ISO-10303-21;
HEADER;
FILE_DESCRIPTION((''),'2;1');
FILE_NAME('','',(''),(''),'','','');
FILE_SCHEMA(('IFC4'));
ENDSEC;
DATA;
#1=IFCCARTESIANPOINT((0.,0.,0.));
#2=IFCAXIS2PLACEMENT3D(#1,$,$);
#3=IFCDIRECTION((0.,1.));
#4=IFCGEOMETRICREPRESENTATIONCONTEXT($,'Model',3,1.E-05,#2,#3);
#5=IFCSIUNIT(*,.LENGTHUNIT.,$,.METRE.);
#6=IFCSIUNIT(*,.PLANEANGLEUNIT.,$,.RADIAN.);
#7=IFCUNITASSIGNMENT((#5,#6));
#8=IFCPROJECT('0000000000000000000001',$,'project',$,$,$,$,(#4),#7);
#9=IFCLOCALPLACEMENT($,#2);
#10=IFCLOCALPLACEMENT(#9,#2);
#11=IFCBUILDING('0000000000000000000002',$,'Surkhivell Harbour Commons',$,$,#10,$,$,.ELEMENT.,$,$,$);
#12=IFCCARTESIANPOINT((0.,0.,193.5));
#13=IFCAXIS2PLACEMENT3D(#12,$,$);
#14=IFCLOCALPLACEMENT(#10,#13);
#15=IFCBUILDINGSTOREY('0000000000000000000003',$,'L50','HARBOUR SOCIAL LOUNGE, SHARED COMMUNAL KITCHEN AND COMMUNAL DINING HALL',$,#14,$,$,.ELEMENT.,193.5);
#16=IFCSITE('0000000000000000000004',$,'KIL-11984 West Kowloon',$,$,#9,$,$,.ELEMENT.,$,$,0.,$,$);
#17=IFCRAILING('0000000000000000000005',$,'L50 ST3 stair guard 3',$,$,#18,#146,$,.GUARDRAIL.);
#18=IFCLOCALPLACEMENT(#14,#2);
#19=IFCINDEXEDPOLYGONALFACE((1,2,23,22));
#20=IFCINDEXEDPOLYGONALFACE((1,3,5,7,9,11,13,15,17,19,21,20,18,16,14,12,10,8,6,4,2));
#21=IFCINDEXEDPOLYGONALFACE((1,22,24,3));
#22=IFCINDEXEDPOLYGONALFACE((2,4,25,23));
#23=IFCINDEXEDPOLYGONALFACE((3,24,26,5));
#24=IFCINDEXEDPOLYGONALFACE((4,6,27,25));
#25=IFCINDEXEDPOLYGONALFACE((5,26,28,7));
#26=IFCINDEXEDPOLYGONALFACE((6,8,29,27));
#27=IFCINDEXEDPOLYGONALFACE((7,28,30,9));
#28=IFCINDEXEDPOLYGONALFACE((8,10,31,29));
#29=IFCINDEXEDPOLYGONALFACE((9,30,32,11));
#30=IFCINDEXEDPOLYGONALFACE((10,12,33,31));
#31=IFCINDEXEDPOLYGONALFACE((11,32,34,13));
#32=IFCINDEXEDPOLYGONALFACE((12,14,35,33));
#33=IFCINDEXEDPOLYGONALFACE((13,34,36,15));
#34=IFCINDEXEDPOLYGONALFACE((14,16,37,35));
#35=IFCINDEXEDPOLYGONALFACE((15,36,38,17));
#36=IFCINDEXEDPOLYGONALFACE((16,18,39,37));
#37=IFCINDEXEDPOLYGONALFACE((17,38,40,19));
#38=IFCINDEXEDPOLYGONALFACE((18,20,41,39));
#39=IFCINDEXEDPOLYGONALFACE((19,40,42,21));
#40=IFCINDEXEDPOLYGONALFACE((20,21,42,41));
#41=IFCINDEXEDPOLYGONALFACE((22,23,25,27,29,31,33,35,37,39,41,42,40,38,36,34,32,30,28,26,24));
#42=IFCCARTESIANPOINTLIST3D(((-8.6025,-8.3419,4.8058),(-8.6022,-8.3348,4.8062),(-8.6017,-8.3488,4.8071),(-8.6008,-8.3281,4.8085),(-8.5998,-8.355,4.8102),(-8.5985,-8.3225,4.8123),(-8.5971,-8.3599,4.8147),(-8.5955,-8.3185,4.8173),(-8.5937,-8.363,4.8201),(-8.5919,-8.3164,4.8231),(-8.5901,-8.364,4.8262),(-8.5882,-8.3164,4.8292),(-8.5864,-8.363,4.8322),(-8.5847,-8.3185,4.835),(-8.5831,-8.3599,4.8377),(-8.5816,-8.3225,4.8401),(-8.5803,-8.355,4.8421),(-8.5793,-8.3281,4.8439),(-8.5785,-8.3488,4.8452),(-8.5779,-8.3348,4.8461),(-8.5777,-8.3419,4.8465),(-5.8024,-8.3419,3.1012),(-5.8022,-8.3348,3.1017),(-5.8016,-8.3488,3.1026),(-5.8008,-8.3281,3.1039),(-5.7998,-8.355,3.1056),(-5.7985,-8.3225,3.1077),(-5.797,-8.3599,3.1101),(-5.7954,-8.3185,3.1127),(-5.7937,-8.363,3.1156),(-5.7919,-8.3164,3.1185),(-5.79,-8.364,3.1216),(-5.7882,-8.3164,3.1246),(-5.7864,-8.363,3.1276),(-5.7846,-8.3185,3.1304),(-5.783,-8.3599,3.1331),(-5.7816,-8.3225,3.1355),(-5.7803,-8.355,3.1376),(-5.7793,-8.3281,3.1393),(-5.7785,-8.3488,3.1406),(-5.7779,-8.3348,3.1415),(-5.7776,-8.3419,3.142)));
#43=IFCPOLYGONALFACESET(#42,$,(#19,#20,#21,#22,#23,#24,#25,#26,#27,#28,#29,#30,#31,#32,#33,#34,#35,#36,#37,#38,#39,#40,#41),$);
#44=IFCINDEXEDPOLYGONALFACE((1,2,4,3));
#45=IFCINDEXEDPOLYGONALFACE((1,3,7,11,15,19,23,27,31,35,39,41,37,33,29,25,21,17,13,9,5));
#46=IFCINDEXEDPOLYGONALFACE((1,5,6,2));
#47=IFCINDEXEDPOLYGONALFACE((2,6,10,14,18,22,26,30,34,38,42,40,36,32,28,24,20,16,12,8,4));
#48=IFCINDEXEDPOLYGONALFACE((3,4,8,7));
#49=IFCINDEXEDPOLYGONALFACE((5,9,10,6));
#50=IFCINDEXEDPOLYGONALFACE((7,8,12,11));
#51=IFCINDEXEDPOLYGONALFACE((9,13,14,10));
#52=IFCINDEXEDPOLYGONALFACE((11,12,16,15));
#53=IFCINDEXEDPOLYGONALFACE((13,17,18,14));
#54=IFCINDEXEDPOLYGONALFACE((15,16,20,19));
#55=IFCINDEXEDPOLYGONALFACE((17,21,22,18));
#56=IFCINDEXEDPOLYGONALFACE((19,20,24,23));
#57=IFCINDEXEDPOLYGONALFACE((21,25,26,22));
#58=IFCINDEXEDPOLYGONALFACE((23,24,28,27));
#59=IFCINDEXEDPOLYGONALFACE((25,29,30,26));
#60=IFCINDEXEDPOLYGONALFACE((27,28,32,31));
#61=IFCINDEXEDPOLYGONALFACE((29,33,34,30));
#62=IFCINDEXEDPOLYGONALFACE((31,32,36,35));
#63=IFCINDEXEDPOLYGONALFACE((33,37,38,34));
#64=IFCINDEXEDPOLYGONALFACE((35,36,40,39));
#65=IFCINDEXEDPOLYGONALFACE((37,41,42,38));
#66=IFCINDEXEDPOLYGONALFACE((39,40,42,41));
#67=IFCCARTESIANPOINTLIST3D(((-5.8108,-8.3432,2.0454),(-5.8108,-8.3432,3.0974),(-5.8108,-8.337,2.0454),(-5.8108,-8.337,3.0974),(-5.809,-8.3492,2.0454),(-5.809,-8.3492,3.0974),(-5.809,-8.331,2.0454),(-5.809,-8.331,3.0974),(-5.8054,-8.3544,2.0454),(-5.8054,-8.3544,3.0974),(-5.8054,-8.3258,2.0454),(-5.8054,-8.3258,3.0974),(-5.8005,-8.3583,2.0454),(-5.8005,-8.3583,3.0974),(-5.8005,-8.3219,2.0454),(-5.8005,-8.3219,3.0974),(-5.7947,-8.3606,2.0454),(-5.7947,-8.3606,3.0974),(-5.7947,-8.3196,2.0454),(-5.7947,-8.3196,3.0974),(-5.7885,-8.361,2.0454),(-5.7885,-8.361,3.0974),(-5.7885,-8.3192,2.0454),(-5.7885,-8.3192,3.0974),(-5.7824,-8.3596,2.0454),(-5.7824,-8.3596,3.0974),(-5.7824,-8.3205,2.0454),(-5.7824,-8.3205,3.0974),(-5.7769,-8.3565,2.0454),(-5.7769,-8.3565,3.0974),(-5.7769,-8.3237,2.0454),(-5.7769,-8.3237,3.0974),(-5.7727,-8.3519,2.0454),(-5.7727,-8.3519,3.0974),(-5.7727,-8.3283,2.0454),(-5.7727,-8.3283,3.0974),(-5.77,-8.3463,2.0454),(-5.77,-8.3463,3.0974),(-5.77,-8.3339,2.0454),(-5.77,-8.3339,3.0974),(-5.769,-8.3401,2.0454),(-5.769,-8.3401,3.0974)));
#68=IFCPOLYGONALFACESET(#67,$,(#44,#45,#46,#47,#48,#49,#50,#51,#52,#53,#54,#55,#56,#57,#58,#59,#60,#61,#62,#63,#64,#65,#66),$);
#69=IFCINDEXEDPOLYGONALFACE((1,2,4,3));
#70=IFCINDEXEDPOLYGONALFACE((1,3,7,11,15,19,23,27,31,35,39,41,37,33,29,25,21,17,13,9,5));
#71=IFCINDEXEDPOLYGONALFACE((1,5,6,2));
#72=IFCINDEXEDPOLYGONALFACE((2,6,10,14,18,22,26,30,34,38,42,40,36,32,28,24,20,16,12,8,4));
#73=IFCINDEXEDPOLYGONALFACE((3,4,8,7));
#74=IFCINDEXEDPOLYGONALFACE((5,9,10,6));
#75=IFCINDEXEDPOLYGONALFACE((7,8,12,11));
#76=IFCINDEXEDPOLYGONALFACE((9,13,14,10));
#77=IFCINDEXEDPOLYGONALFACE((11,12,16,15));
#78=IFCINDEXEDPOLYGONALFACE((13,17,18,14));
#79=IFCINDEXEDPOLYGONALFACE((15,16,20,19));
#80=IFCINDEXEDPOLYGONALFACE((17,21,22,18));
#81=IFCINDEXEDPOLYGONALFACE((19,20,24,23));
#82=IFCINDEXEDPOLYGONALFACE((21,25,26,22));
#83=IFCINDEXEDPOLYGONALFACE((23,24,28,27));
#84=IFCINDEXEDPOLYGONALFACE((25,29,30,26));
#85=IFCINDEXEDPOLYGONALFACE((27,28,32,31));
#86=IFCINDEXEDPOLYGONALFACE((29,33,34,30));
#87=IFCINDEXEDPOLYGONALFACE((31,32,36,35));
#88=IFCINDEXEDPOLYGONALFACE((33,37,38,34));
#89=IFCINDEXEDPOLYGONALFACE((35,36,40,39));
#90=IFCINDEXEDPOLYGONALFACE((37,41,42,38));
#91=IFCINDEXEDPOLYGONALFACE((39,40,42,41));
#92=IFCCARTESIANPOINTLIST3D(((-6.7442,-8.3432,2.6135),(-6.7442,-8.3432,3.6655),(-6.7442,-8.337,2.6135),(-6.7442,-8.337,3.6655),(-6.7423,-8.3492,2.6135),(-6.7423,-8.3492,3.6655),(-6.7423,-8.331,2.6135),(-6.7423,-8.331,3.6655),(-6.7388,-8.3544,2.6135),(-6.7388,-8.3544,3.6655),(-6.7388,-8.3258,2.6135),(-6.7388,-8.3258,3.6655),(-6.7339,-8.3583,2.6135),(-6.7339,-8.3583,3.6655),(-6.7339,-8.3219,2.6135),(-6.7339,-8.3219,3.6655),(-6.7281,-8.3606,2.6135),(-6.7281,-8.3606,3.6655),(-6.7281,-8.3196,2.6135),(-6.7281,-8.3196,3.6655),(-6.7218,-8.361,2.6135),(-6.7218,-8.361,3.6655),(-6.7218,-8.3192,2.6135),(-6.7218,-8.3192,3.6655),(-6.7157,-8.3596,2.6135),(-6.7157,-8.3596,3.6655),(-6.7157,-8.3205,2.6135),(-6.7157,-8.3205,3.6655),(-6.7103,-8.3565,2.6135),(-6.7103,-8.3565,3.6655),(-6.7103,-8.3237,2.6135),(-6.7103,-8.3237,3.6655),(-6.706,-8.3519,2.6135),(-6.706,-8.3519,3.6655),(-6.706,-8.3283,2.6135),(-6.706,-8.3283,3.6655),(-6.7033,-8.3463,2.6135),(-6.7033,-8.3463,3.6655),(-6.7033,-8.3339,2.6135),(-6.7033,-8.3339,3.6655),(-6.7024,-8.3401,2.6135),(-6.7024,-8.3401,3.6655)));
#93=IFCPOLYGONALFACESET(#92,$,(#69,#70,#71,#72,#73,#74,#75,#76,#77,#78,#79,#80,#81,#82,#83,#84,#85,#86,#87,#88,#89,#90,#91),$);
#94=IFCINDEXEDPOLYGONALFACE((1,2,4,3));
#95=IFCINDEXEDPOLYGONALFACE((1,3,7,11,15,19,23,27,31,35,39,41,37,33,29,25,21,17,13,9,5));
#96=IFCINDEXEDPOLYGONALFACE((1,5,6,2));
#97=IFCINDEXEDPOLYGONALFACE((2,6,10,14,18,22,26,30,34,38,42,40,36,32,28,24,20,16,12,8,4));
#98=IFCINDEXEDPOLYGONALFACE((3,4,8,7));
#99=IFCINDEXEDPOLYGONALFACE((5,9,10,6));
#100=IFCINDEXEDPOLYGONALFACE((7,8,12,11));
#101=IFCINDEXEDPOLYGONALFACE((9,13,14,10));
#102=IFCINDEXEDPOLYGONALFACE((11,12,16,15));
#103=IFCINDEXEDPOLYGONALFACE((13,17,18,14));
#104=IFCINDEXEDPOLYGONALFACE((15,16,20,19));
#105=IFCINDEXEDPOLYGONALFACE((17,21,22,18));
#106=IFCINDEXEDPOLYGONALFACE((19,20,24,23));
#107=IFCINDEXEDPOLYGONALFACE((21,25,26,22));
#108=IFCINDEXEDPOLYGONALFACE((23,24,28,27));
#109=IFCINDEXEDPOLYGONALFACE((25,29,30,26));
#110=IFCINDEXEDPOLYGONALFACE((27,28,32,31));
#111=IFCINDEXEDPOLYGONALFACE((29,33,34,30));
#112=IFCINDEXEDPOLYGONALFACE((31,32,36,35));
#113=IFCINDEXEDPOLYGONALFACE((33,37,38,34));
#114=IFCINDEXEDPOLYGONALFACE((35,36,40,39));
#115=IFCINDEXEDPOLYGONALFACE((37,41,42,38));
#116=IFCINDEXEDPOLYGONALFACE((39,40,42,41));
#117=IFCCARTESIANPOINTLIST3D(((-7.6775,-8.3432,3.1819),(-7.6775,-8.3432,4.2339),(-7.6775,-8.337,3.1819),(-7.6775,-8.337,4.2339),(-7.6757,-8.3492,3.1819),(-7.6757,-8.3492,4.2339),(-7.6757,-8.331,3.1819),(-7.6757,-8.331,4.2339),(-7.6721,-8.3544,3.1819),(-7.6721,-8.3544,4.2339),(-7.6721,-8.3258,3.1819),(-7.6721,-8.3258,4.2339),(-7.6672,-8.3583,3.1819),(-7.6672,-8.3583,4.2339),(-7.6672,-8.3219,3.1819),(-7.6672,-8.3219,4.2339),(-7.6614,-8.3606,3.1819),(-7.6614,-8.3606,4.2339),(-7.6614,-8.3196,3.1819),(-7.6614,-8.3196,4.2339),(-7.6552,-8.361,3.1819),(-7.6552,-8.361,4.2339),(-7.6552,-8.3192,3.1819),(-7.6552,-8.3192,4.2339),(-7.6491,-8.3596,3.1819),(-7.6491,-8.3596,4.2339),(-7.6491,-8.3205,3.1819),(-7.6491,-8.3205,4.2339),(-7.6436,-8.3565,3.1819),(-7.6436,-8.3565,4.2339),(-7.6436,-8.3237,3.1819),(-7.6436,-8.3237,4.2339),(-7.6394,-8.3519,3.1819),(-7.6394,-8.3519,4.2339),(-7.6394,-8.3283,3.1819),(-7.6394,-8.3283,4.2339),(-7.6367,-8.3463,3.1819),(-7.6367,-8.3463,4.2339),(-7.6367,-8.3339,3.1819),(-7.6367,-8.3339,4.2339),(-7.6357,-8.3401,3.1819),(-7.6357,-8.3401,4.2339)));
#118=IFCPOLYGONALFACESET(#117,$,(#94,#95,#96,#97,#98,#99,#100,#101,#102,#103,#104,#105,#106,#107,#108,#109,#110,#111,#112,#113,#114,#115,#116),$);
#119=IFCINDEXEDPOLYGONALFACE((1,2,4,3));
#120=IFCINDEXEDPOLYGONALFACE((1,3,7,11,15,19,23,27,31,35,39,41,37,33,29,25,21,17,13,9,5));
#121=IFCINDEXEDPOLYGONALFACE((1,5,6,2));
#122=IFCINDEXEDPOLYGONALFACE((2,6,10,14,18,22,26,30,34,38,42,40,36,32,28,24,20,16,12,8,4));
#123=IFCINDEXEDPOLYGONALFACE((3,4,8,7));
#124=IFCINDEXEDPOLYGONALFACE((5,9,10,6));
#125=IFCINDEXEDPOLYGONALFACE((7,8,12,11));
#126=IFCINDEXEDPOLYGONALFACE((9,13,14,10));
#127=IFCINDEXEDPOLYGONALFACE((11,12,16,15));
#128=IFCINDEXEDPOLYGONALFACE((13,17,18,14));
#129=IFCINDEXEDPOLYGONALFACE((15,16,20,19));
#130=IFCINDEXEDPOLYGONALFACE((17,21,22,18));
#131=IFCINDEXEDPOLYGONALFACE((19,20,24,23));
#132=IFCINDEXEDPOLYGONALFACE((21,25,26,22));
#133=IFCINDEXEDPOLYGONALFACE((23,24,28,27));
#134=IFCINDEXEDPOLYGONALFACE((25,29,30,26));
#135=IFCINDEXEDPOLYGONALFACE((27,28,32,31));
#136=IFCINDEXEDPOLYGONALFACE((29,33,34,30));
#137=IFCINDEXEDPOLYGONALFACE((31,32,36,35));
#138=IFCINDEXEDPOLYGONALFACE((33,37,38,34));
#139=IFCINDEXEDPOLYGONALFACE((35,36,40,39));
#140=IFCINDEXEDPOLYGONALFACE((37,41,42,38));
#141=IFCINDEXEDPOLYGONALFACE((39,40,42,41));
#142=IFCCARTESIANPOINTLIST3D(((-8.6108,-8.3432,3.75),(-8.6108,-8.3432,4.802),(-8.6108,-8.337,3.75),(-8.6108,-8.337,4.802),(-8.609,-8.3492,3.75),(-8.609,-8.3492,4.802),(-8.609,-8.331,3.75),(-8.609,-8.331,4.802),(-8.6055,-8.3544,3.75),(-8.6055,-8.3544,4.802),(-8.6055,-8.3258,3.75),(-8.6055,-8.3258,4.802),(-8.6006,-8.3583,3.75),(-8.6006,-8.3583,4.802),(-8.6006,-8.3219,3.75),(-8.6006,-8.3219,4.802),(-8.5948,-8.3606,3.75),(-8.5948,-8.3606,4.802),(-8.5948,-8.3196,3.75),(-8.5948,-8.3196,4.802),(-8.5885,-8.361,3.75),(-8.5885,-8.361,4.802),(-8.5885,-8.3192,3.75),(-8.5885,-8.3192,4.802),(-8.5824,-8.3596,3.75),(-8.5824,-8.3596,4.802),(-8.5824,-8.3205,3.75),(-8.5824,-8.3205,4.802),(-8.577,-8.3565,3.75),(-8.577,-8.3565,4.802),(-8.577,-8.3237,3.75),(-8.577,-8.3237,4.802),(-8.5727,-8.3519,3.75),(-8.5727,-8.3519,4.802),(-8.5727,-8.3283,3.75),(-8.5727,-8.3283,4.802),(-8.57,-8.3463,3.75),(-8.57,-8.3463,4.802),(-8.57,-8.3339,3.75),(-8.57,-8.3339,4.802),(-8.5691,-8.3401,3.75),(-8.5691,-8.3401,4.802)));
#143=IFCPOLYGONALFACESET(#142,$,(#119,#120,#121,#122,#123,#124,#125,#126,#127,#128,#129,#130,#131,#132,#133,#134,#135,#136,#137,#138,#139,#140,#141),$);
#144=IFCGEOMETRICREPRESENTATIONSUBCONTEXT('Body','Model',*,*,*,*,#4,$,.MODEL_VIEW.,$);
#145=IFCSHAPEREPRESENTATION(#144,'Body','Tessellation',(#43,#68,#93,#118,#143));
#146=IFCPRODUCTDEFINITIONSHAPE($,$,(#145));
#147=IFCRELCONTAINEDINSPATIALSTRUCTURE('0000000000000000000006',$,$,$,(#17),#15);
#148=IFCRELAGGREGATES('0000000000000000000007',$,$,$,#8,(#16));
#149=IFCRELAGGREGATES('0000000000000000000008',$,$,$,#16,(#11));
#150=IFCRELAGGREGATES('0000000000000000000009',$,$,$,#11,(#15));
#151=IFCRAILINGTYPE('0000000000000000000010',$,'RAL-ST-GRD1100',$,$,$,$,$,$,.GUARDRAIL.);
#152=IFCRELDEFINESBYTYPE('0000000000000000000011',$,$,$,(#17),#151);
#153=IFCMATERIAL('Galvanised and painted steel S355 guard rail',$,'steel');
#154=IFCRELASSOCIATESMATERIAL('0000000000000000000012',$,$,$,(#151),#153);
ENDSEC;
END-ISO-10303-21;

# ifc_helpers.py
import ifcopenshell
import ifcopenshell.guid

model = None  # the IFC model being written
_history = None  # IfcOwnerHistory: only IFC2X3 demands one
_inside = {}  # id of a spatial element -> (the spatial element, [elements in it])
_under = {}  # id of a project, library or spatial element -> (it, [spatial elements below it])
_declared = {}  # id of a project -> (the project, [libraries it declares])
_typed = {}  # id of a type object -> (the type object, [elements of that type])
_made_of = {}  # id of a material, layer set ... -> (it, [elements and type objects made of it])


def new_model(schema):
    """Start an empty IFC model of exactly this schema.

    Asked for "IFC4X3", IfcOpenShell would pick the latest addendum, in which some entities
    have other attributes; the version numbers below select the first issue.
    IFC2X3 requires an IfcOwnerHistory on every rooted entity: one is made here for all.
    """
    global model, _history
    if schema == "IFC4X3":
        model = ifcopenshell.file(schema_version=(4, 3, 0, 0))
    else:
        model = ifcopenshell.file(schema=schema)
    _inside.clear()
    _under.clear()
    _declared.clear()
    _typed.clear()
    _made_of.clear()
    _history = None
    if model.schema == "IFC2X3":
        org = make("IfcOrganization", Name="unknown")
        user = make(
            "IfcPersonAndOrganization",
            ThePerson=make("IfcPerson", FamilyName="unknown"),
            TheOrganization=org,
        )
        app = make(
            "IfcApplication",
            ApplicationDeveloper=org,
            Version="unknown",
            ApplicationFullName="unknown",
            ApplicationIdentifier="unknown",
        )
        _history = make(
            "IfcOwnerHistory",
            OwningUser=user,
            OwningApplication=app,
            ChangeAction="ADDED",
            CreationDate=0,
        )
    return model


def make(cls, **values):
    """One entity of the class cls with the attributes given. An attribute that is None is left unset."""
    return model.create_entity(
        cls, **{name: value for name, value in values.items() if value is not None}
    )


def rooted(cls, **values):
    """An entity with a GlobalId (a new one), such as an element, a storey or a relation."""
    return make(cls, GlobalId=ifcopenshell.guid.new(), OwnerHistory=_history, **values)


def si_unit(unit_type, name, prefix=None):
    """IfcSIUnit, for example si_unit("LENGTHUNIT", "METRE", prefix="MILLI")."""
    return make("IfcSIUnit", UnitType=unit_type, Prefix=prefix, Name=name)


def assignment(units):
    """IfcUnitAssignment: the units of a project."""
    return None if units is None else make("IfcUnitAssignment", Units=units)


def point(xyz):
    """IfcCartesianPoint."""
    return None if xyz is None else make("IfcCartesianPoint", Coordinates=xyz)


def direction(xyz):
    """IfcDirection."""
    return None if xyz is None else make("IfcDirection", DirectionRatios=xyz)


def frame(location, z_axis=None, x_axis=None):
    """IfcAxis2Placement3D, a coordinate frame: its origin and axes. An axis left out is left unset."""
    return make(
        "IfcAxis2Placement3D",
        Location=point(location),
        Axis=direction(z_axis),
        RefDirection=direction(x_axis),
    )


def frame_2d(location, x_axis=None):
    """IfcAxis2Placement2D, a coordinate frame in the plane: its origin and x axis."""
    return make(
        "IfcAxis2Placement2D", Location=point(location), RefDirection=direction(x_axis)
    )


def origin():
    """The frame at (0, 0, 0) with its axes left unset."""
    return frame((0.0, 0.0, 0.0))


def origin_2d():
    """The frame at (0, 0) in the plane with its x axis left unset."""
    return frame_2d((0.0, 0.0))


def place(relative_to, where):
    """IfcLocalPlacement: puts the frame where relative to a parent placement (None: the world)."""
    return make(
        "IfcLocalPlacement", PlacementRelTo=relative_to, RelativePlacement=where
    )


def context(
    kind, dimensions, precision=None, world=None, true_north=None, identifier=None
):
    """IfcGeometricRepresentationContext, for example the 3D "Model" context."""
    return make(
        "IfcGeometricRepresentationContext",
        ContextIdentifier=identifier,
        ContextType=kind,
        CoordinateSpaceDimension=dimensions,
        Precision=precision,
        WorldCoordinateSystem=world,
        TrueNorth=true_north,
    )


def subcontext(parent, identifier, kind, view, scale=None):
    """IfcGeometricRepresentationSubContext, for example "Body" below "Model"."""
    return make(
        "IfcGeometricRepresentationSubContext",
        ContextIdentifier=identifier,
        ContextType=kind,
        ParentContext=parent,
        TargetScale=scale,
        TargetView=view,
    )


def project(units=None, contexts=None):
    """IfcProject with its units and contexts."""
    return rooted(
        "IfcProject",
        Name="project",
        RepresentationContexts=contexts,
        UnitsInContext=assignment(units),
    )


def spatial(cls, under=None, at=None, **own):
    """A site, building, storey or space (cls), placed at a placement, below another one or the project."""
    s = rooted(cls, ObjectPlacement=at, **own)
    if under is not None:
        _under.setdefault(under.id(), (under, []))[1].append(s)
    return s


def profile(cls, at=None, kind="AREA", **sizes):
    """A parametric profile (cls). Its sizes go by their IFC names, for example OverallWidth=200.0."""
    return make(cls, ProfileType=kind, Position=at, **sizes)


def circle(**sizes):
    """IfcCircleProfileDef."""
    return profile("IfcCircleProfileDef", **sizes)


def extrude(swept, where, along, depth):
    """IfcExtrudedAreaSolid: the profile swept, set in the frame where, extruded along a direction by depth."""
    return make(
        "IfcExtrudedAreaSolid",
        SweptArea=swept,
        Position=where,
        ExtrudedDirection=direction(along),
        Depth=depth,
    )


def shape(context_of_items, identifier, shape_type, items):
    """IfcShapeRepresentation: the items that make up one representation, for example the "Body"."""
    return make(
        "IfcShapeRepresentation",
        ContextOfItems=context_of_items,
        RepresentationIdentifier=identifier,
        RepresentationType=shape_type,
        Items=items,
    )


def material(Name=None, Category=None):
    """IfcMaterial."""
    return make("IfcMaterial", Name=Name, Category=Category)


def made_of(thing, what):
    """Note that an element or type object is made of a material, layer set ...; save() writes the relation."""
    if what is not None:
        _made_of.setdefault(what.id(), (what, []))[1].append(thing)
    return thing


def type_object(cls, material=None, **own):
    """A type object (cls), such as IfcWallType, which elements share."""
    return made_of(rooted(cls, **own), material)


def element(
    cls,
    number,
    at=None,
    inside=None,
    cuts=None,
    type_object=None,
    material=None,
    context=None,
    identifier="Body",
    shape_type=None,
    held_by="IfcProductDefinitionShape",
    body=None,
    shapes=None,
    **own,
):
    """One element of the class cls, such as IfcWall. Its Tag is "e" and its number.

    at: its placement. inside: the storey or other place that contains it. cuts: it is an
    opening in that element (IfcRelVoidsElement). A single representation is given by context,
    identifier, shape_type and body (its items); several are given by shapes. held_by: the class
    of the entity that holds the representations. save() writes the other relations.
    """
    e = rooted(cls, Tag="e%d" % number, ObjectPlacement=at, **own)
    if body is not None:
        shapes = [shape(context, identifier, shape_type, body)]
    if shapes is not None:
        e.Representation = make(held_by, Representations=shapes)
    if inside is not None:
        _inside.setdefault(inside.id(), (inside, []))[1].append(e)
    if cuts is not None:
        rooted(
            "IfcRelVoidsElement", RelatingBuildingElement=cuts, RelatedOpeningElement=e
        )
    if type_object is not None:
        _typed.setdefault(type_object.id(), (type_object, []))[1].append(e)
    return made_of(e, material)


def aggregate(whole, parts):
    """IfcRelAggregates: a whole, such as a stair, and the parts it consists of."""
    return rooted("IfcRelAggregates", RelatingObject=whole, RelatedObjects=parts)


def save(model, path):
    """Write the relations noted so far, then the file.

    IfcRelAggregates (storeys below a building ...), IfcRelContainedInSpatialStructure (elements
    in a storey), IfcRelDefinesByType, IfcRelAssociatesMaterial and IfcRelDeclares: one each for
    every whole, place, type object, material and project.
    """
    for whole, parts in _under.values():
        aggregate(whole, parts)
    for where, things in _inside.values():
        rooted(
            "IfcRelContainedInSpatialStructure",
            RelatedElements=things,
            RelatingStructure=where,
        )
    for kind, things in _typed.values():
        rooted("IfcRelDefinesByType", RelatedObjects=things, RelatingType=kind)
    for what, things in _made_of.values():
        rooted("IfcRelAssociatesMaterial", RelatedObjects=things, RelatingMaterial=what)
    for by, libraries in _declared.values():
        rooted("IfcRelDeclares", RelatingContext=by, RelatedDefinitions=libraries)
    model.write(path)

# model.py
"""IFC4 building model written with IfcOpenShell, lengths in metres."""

from ifc_helpers import new_model, si_unit, direction, frame, origin, origin_2d, place, context, subcontext, project, spatial, circle, extrude, material, type_object, element, save


model = new_model("IFC4")

# Units and contexts
model_context = context("Model", 3, precision=1e-05, world=origin(), true_north=direction((0.0, 1.0)))
body_context = subcontext(model_context, "Body", "Model", "MODEL_VIEW")
ifc_project = project(units=[si_unit("LENGTHUNIT", "METRE"), si_unit("PLANEANGLEUNIT", "RADIAN")], contexts=[model_context])

# Site, building, storey
site_placement = place(None, origin())
site = spatial("IfcSite", under=ifc_project, at=site_placement, Name="KIL-11984 West Kowloon", CompositionType="ELEMENT", RefElevation=0.0)
building_placement = place(site_placement, origin())
building = spatial("IfcBuilding", under=site, at=building_placement, Name="Surkhivell Harbour Commons", CompositionType="ELEMENT")
storey_placement = place(building_placement, frame((0.0, 0.0, 193.5)))
storey = spatial("IfcBuildingStorey", under=building, at=storey_placement, Name="L50", Description="HARBOUR SOCIAL LOUNGE, SHARED COMMUNAL KITCHEN AND COMMUNAL DINING HALL", CompositionType="ELEMENT", Elevation=193.5)

# Railing
ifc_material_1 = material(Name="Galvanised and painted steel S355 guard rail", Category="steel")
railing_type_1 = type_object("IfcRailingType", Name="RAL-ST-GRD1100", PredefinedType="GUARDRAIL", material=ifc_material_1)
railing_1_placement = place(storey_placement, frame((-5.79, -8.3401, 2.0454)))
element("IfcRailing", 1, at=railing_1_placement, inside=storey, type_object=railing_type_1, Name="L50 ST3 stair guard 3", PredefinedType="GUARDRAIL", context=body_context, shape_type="SweptSolid", body=[
    extrude(circle(Radius=0.0239, at=origin_2d()), frame((0.0, 0.0, 1.0762), z_axis=(-0.85417, 0.0, 0.519994), x_axis=(0.0, -1.0, 0.0)), (0.0, 0.0, 1.0), 3.2781),
    extrude(circle(Radius=0.021, at=origin_2d()), origin(), (0.0, 0.0, 1.0), 1.052),
    extrude(circle(Radius=0.021, at=origin_2d()), frame((-0.9333, 0.0, 0.5681)), (0.0, 0.0, 1.0), 1.052),
    extrude(circle(Radius=0.021, at=origin_2d()), frame((-1.8667, 0.0, 1.1365)), (0.0, 0.0, 1.0), 1.052),
    extrude(circle(Radius=0.021, at=origin_2d()), frame((-2.8, 0.0, 1.7046)), (0.0, 0.0, 1.0), 1.052),
])

save(model, "model.ifc")
